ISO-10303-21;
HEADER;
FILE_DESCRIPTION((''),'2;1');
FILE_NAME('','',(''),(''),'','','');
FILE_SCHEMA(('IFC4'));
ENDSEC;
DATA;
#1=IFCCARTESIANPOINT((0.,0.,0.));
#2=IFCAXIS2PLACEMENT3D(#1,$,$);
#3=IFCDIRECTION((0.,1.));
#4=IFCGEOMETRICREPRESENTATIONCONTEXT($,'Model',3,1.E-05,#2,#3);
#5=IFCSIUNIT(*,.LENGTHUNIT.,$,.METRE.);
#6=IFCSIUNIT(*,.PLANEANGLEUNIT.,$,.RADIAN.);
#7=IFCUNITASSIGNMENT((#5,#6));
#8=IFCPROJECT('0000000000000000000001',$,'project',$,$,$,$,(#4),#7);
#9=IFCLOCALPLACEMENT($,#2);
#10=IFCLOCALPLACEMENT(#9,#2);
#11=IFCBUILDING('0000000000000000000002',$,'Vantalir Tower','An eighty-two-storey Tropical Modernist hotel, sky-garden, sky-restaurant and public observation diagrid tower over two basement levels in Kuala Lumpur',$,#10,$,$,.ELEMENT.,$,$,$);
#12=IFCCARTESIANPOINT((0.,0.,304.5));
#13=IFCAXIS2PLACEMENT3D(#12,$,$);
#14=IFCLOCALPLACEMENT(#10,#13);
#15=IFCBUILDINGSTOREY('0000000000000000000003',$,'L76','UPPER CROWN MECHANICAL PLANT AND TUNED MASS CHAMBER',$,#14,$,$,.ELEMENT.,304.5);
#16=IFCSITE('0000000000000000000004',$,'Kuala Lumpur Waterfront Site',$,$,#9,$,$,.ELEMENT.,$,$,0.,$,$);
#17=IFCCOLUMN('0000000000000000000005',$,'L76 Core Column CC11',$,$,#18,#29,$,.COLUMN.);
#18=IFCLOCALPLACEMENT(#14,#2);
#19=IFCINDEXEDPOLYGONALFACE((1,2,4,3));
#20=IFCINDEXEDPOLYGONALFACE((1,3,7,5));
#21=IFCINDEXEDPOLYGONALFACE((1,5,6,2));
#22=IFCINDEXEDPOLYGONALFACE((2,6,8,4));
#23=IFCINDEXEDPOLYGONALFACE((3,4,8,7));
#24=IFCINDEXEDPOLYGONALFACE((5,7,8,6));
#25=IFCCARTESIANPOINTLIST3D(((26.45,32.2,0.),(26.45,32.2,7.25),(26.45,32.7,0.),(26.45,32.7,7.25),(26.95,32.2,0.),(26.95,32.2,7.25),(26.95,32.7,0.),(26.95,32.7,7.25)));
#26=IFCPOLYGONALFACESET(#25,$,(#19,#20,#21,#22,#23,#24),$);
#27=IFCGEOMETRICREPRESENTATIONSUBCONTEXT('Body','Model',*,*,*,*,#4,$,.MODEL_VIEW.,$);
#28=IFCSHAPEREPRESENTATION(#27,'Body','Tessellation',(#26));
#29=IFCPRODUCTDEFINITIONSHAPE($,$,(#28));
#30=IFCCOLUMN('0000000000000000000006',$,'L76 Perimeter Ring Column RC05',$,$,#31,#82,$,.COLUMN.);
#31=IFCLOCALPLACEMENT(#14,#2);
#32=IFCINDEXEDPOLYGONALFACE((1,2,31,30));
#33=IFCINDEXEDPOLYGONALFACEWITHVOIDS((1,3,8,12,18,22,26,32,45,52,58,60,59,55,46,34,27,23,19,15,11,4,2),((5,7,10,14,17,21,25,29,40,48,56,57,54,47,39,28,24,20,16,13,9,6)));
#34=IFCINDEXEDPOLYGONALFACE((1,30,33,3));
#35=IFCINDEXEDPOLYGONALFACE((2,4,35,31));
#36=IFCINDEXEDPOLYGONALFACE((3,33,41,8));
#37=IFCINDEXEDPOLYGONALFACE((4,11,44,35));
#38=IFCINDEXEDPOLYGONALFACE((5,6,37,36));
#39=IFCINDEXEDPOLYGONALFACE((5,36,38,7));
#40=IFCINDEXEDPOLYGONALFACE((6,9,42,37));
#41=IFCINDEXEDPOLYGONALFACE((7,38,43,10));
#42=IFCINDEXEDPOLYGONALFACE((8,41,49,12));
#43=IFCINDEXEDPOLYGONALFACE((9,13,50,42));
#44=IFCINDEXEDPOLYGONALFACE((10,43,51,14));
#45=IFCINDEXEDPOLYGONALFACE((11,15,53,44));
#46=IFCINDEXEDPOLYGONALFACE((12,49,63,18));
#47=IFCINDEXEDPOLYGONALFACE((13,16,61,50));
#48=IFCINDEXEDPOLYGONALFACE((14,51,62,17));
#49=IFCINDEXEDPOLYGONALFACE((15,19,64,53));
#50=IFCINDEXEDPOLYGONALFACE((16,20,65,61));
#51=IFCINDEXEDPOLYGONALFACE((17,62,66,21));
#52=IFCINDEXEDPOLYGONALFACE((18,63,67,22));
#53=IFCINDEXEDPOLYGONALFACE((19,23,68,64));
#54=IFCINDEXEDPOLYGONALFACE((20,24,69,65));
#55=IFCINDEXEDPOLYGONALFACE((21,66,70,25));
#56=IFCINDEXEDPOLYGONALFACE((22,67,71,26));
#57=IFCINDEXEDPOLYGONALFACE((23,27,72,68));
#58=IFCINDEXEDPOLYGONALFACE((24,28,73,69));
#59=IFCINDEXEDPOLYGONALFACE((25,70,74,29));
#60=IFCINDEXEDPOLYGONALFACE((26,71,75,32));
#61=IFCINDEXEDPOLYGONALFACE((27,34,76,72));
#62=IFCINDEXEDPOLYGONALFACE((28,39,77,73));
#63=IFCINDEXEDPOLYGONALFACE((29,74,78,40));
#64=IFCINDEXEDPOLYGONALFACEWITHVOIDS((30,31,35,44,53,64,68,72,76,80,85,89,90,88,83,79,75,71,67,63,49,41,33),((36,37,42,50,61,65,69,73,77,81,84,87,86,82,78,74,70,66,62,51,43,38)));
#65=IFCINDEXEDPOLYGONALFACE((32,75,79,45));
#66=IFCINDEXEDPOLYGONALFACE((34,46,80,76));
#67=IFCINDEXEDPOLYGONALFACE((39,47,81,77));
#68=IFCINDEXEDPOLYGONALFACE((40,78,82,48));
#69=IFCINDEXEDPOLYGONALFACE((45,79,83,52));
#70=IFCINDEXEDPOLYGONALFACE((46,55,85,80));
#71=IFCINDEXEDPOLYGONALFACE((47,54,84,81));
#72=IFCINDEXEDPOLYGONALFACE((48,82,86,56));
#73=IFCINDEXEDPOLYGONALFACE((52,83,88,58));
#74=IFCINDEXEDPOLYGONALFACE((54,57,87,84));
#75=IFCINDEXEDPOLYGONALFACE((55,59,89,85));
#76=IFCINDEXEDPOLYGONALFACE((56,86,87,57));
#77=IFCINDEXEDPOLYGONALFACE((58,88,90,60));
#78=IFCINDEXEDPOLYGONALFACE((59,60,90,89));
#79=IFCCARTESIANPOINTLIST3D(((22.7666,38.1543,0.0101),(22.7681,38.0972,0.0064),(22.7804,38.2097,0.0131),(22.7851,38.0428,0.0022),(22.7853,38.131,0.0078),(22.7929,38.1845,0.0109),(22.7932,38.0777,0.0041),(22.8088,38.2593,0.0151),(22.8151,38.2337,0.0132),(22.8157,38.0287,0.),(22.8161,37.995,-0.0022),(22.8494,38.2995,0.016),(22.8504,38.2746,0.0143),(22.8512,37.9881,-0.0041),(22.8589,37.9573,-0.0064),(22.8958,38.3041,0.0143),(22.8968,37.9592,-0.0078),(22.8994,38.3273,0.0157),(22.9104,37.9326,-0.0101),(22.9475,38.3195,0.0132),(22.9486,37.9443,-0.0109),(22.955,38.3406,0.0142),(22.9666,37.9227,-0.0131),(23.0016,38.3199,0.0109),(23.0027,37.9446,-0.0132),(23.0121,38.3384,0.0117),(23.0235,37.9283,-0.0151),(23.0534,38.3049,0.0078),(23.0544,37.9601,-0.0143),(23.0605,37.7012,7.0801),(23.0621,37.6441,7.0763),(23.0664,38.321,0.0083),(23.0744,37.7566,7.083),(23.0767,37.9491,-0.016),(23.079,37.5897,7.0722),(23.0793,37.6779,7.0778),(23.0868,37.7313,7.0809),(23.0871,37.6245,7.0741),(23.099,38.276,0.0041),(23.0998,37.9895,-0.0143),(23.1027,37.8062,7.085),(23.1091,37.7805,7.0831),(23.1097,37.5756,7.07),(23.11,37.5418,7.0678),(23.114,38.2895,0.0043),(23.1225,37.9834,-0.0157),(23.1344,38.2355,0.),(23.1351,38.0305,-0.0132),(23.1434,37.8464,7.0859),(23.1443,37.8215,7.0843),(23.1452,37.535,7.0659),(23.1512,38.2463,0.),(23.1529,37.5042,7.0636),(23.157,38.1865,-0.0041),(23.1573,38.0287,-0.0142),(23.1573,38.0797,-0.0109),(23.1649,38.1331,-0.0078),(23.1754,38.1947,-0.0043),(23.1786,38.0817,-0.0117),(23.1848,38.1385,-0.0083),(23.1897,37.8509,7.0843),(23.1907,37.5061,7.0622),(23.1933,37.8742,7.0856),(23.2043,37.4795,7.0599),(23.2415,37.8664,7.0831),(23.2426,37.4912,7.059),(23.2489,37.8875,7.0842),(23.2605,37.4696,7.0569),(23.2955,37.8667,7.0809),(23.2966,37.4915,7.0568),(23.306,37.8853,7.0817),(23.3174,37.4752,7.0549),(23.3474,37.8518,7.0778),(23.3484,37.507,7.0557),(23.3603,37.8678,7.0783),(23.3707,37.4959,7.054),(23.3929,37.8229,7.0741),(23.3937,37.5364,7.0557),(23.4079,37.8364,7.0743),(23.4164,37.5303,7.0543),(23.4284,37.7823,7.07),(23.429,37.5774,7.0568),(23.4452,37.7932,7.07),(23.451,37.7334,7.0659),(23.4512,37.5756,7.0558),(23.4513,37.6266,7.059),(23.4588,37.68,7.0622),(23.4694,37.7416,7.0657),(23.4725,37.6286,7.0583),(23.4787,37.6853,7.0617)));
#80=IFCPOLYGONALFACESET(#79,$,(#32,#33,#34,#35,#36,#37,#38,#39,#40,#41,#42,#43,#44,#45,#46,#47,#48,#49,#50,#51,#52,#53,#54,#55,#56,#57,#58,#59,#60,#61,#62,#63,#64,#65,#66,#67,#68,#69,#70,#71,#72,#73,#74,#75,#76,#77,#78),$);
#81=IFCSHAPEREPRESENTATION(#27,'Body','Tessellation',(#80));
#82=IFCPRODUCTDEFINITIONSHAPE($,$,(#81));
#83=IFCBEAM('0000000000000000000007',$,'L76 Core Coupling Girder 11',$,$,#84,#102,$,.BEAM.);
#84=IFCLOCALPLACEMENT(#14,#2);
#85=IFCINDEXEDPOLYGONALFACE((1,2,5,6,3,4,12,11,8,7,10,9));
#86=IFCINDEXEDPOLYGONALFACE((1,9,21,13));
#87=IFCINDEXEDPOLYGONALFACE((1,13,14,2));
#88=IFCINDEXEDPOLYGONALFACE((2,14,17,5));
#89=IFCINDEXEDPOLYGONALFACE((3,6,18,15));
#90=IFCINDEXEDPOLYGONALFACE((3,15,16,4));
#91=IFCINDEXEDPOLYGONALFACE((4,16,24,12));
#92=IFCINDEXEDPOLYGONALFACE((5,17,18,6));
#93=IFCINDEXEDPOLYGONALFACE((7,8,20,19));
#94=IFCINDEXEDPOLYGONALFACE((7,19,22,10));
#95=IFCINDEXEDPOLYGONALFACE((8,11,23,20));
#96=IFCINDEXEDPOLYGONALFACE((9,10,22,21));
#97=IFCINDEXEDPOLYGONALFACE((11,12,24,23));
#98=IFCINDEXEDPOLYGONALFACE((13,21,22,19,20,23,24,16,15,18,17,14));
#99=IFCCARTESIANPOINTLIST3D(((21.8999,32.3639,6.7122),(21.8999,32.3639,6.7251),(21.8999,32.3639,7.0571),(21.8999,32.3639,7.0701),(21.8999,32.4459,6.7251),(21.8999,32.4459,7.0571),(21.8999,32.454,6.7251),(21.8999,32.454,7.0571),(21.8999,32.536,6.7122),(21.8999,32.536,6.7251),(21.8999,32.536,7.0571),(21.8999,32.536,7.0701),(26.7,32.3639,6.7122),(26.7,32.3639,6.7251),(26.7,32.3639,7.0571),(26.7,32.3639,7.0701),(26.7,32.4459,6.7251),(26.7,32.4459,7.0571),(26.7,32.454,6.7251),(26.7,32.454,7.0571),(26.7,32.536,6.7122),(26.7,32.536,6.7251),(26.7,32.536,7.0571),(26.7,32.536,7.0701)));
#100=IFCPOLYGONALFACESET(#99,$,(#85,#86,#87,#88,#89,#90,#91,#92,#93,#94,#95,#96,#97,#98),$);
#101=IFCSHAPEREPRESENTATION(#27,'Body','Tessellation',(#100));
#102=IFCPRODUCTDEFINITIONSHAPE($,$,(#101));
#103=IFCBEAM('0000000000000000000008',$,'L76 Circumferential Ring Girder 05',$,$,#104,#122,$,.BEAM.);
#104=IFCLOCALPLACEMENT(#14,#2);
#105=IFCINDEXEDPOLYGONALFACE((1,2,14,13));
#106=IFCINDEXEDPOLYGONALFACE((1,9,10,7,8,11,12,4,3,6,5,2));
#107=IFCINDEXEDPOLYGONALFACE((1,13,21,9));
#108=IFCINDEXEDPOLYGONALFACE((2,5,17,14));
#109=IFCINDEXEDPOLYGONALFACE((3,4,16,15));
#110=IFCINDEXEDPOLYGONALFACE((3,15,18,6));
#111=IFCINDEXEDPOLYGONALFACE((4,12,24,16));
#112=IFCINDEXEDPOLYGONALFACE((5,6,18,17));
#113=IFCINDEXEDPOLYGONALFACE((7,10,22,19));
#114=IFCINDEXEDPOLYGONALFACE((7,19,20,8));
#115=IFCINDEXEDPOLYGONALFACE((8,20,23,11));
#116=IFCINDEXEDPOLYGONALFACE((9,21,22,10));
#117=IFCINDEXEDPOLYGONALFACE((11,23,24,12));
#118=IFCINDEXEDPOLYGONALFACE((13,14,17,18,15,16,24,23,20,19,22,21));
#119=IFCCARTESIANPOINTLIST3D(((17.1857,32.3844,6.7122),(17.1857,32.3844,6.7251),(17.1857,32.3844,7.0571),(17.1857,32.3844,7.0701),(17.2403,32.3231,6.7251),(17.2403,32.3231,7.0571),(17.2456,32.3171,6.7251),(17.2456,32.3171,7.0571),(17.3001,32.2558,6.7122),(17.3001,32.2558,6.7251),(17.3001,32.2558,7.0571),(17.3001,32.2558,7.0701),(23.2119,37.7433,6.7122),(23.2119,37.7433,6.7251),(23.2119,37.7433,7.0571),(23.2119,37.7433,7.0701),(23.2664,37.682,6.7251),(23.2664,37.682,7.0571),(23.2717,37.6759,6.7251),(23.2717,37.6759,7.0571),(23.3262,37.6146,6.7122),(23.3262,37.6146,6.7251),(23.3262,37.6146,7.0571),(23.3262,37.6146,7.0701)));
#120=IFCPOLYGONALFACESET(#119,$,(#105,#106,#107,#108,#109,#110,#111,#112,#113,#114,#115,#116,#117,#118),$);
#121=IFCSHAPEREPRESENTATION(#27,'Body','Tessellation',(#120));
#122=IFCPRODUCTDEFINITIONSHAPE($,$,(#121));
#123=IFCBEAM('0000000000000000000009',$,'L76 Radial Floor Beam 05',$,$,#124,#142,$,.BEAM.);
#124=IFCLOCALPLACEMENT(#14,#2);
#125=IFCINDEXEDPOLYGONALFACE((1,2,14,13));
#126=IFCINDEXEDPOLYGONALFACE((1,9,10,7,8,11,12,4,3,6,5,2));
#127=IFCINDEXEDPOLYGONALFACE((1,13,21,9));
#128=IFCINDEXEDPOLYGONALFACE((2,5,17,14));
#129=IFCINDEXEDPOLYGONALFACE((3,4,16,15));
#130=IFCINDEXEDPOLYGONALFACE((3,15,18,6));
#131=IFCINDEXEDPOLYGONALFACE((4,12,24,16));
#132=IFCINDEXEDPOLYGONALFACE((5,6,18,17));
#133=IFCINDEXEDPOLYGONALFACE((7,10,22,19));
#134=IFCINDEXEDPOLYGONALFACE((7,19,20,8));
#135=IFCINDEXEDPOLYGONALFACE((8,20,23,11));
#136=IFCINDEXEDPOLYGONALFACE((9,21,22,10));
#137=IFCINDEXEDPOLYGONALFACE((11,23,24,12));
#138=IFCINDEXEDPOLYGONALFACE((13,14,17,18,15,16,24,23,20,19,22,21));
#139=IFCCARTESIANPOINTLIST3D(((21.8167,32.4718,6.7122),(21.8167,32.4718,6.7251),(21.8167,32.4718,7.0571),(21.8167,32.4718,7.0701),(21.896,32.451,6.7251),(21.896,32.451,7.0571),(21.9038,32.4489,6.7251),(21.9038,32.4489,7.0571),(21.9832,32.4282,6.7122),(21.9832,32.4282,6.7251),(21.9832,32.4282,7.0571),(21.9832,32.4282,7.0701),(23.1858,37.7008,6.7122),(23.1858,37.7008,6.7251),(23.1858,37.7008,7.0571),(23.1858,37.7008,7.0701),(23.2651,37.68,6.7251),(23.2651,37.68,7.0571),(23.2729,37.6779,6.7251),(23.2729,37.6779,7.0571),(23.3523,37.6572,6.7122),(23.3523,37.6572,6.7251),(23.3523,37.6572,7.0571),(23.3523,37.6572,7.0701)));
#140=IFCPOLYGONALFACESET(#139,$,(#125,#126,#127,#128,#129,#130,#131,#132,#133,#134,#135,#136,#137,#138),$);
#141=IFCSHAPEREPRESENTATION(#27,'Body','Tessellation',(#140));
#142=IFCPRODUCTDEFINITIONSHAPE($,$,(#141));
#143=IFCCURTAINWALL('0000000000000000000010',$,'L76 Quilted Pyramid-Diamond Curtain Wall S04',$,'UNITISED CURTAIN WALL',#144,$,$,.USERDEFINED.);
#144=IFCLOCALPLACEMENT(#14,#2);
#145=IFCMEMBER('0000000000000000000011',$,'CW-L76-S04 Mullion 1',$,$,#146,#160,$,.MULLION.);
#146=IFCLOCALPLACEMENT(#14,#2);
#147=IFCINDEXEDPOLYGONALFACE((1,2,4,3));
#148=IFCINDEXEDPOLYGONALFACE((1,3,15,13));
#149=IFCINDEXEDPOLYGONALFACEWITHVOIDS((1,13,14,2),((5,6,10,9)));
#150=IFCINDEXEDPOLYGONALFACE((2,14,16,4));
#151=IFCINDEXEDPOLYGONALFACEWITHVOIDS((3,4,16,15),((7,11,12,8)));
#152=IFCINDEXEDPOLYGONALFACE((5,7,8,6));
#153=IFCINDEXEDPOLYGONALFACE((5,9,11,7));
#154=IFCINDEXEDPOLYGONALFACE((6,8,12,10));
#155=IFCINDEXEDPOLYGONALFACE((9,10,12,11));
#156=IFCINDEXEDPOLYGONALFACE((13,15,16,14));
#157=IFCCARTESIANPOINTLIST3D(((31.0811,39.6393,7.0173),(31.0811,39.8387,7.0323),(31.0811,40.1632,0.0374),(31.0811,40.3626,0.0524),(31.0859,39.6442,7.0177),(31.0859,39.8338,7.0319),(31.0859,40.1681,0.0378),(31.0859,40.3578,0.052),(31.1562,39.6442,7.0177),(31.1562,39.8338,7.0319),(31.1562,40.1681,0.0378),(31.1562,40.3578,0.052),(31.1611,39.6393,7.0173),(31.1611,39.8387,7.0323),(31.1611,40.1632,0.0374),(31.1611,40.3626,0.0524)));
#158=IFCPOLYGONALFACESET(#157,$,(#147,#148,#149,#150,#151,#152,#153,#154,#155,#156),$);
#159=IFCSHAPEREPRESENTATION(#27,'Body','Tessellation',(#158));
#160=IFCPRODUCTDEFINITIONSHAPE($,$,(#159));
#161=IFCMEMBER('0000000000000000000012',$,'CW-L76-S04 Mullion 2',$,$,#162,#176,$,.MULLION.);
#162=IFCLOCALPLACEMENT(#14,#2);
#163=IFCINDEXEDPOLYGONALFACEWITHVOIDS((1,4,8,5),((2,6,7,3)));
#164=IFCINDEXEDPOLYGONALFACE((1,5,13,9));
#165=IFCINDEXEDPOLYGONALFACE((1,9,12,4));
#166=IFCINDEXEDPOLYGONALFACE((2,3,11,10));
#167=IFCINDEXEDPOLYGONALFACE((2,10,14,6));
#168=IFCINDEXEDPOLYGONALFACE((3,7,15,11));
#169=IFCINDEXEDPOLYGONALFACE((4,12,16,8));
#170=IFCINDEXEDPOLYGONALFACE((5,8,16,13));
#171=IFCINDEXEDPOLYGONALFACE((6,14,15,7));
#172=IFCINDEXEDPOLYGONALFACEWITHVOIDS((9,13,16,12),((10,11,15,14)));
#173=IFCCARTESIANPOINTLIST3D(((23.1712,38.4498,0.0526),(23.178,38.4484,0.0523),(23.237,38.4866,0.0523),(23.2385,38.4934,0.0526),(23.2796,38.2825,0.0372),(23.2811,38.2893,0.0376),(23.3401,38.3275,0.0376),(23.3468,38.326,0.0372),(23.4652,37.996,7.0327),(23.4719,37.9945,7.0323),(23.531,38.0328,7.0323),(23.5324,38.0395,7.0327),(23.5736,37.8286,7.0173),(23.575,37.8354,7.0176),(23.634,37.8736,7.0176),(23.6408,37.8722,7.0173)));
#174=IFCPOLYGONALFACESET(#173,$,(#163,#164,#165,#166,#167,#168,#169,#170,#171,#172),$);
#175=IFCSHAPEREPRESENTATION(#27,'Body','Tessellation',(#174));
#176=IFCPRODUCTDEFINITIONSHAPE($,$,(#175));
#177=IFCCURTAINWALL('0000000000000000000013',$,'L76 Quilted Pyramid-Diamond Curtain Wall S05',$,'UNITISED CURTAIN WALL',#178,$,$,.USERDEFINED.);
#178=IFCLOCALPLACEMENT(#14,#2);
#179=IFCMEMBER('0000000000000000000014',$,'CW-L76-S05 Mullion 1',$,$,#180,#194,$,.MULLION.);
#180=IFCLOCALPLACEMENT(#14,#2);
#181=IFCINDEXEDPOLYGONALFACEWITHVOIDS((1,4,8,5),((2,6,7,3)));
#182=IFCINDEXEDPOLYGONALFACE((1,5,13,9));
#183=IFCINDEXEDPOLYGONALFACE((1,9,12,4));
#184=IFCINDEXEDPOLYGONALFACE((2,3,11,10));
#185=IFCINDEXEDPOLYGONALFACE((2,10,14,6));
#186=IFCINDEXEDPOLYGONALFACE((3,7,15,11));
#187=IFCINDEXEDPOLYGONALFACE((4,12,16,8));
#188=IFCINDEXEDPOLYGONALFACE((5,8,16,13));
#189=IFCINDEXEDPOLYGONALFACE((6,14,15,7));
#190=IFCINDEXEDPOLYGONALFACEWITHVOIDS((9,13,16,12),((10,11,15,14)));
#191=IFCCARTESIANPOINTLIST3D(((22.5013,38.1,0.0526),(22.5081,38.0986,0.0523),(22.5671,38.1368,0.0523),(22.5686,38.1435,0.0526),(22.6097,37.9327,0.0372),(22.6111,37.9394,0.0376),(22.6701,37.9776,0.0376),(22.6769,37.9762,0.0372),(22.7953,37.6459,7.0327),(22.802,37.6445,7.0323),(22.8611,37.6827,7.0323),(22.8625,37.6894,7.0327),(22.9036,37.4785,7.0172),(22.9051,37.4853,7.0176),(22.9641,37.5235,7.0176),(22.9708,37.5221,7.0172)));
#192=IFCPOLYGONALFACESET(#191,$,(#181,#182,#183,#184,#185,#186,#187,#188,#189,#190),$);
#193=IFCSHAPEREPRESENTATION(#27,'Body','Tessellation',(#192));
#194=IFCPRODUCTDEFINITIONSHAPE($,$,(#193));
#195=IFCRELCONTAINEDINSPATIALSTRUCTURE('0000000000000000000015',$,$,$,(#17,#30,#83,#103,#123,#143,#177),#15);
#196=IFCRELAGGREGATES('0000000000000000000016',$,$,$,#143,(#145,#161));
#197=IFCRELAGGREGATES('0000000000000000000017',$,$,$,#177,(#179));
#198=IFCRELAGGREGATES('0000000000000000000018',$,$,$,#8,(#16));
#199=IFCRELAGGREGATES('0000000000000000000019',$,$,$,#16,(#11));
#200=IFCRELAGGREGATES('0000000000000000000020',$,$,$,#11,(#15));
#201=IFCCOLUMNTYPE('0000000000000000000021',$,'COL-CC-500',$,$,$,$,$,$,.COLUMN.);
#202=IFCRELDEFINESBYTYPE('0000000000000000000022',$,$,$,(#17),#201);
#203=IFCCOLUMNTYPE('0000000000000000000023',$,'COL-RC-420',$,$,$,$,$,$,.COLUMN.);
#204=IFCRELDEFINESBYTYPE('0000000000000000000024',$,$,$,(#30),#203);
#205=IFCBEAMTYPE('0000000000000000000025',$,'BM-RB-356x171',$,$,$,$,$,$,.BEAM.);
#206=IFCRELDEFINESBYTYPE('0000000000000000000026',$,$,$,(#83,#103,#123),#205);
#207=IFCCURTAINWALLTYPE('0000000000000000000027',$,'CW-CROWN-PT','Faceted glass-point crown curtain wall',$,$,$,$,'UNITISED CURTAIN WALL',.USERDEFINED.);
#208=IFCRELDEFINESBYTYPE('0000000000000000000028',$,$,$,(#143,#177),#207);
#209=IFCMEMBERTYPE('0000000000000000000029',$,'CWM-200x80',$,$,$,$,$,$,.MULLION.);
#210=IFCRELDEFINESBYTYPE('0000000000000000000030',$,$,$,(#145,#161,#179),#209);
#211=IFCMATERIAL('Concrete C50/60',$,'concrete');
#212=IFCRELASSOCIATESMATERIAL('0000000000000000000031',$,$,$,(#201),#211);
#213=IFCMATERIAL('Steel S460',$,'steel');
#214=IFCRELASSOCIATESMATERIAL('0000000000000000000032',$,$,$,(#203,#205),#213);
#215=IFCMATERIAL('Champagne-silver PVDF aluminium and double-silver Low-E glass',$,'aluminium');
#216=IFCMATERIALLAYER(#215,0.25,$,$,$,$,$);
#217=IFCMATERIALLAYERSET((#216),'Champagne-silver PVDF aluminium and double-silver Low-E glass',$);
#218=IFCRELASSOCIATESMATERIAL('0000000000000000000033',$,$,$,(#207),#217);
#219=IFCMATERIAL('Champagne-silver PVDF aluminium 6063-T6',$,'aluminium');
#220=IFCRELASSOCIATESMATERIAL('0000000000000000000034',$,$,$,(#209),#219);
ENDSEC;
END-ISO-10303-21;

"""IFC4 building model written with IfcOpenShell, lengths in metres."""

from ifc_helpers import new_model, si_unit, direction, frame, origin, origin_2d, place, context, subcontext, project, spatial, rectangle, hollow_rectangle, hollow_circle, i_section, extrude, material, layer, layer_set, material_profile, profile_set, type_object, element, aggregate, save


model = new_model("IFC4")

# Units and contexts
model_context = context("Model", 3, precision=1e-05, world=origin(), true_north=direction((0.0, 1.0)))
body_context = subcontext(model_context, "Body", "Model", "MODEL_VIEW")
ifc_project = project(units=[si_unit("LENGTHUNIT", "METRE"), si_unit("PLANEANGLEUNIT", "RADIAN")], contexts=[model_context])

# Site, building, storey
site_placement = place(None, origin())
site = spatial("IfcSite", under=ifc_project, at=site_placement, Name="Kuala Lumpur Waterfront Site", CompositionType="ELEMENT", RefElevation=0.0)
building_placement = place(site_placement, origin())
building = spatial("IfcBuilding", under=site, at=building_placement, Name="Vantalir Tower", Description="An eighty-two-storey Tropical Modernist hotel, sky-garden, sky-restaurant and public observation diagrid tower over two basement levels in Kuala Lumpur", CompositionType="ELEMENT")
storey_placement = place(building_placement, frame((0.0, 0.0, 304.5)))
storey = spatial("IfcBuildingStorey", under=building, at=storey_placement, Name="L76", Description="UPPER CROWN MECHANICAL PLANT AND TUNED MASS CHAMBER", CompositionType="ELEMENT", Elevation=304.5)

# Columns
ifc_material_1 = material(Name="Concrete C50/60", Category="concrete")
ifc_material_profile_1 = material_profile(ifc_material_1, rectangle(XDim=0.5, YDim=0.5, at=origin_2d()), Name="Concrete C50/60")
ifc_profile_set_1 = profile_set([ifc_material_profile_1], Name="Concrete C50/60")
column_type_1 = type_object("IfcColumnType", Name="COL-CC-500", PredefinedType="COLUMN", material=ifc_profile_set_1)
column_1_placement = place(storey_placement, frame((26.7, 32.45, 0.0), z_axis=(0.0, 0.0, 1.0), x_axis=(1.0, 0.0, 0.0)))
element("IfcColumn", 1, at=column_1_placement, inside=storey, type_object=column_type_1, Name="L76 Core Column CC11", PredefinedType="COLUMN", context=body_context, shape_type="SweptSolid", body=[
    extrude(rectangle(XDim=0.5, YDim=0.5, at=origin_2d()), origin(), (0.0, 0.0, 1.0), 7.25),
])
ifc_material_2 = material(Name="Steel S460", Category="steel")
ifc_material_profile_2 = material_profile(ifc_material_2, hollow_circle(Radius=0.21, WallThickness=0.02, at=origin_2d()), Name="Steel S460")
ifc_profile_set_2 = profile_set([ifc_material_profile_2], Name="Steel S460")
column_type_2 = type_object("IfcColumnType", Name="COL-RC-420", PredefinedType="COLUMN", material=ifc_profile_set_2)
column_2_placement = place(storey_placement, frame((22.9751, 38.1321, 0.0), z_axis=(0.041455, -0.063904, 0.997095), x_axis=(0.838939, 0.544225, 0.0)))
element("IfcColumn", 2, at=column_2_placement, inside=storey, type_object=column_type_2, Name="L76 Perimeter Ring Column RC05", PredefinedType="COLUMN", context=body_context, shape_type="SweptSolid", body=[
    extrude(hollow_circle(Radius=0.21, WallThickness=0.02, at=origin_2d()), origin(), (0.0, 0.0, 1.0), 7.0906),
])

# Beams
ifc_material_profile_3 = material_profile(ifc_material_2, i_section(OverallWidth=0.1721, OverallDepth=0.3579, WebThickness=0.0081, FlangeThickness=0.0129, at=origin_2d()), Name="Steel S460")
ifc_profile_set_3 = profile_set([ifc_material_profile_3], Name="Steel S460")
beam_type = type_object("IfcBeamType", Name="BM-RB-356x171", PredefinedType="BEAM", material=ifc_profile_set_3)
beam_1_placement = place(storey_placement, frame((26.7, 32.45, 6.8911), z_axis=(-1.0, 0.0, 0.0), x_axis=(0.0, -1.0, 0.0)))
element("IfcBeam", 3, at=beam_1_placement, inside=storey, type_object=beam_type, Name="L76 Core Coupling Girder 11", PredefinedType="BEAM", context=body_context, shape_type="SweptSolid", body=[
    extrude(i_section(OverallWidth=0.1721, OverallDepth=0.3579, WebThickness=0.0081, FlangeThickness=0.0129, at=origin_2d()), origin(), (0.0, 0.0, 1.0), 4.8),
])
beam_2_placement = place(storey_placement, frame((23.269, 37.679, 6.8911), z_axis=(-0.747266, -0.664525, 0.0), x_axis=(0.664525, -0.747266, 0.0)))
element("IfcBeam", 4, at=beam_2_placement, inside=storey, type_object=beam_type, Name="L76 Circumferential Ring Girder 05", PredefinedType="BEAM", context=body_context, shape_type="SweptSolid", body=[
    extrude(i_section(OverallWidth=0.1721, OverallDepth=0.3579, WebThickness=0.0081, FlangeThickness=0.0129, at=origin_2d()), origin(), (0.0, 0.0, 1.0), 8.0642),
])
beam_3_placement = place(storey_placement, frame((23.269, 37.679, 6.8911), z_axis=(-0.253297, -0.967389, 0.0), x_axis=(0.967389, -0.253297, 0.0)))
element("IfcBeam", 5, at=beam_3_placement, inside=storey, type_object=beam_type, Name="L76 Radial Floor Beam 05", PredefinedType="BEAM", context=body_context, shape_type="SweptSolid", body=[
    extrude(i_section(OverallWidth=0.1721, OverallDepth=0.3579, WebThickness=0.0081, FlangeThickness=0.0129, at=origin_2d()), origin(), (0.0, 0.0, 1.0), 5.4053),
])

# Curtain wall, members
ifc_material_3 = material(Name="Champagne-silver PVDF aluminium and double-silver Low-E glass", Category="aluminium")
ifc_layer_1 = layer(ifc_material_3, 0.25)
ifc_layer_set_1 = layer_set([ifc_layer_1], Name="Champagne-silver PVDF aluminium and double-silver Low-E glass")
curtain_wall_type = type_object("IfcCurtainWallType", Name="CW-CROWN-PT", Description="Faceted glass-point crown curtain wall", ElementType="UNITISED CURTAIN WALL", PredefinedType="USERDEFINED", material=ifc_layer_set_1)
curtain_wall_1_placement = place(storey_placement, origin())
curtain_wall_1 = element("IfcCurtainWall", 6, at=curtain_wall_1_placement, inside=storey, type_object=curtain_wall_type, Name="L76 Quilted Pyramid-Diamond Curtain Wall S04", ObjectType="UNITISED CURTAIN WALL", PredefinedType="USERDEFINED")
ifc_material_4 = material(Name="Champagne-silver PVDF aluminium 6063-T6", Category="aluminium")
ifc_material_profile_4 = material_profile(ifc_material_4, hollow_rectangle(XDim=0.0801, YDim=0.2, WallThickness=0.0049, at=origin_2d()), Name="Champagne-silver PVDF aluminium 6063-T6")
ifc_profile_set_4 = profile_set([ifc_material_profile_4], Name="Champagne-silver PVDF aluminium 6063-T6")
member_type_1 = type_object("IfcMemberType", Name="CWM-200x80", PredefinedType="MULLION", material=ifc_profile_set_4)
member_1_placement = place(storey_placement, frame((31.1211, 40.2629, 0.0449), z_axis=(0.0, -0.074851, 0.997195), x_axis=(1.0, 0.0, 0.0)))
member_1 = element("IfcMember", 7, at=member_1_placement, type_object=member_type_1, Name="CW-L76-S04 Mullion 1", PredefinedType="MULLION", context=body_context, shape_type="SweptSolid", body=[
    extrude(hollow_rectangle(XDim=0.0801, YDim=0.2, WallThickness=0.0049, at=origin_2d()), origin(), (0.0, 0.0, 1.0), 6.9995),
])
member_2_placement = place(storey_placement, frame((23.259, 38.3879, 0.0449), z_axis=(0.041987, -0.064828, 0.997013), x_axis=(0.83934, 0.543607, 0.0)))
member_2 = element("IfcMember", 8, at=member_2_placement, type_object=member_type_1, Name="CW-L76-S04 Mullion 2", PredefinedType="MULLION", context=body_context, shape_type="SweptSolid", body=[
    extrude(hollow_rectangle(XDim=0.0801, YDim=0.2, WallThickness=0.0049, at=origin_2d()), origin(), (0.0, 0.0, 1.0), 7.001),
])

# Curtain wall, member
curtain_wall_2_placement = place(storey_placement, origin())
curtain_wall_2 = element("IfcCurtainWall", 9, at=curtain_wall_2_placement, inside=storey, type_object=curtain_wall_type, Name="L76 Quilted Pyramid-Diamond Curtain Wall S05", ObjectType="UNITISED CURTAIN WALL", PredefinedType="USERDEFINED")
member_3_placement = place(storey_placement, frame((22.5891, 38.0381, 0.0449), z_axis=(0.041987, -0.064863, 0.99701), x_axis=(0.839473, 0.543401, 0.0)))
member_3 = element("IfcMember", 10, at=member_3_placement, type_object=member_type_1, Name="CW-L76-S05 Mullion 1", PredefinedType="MULLION", context=body_context, shape_type="SweptSolid", body=[
    extrude(hollow_rectangle(XDim=0.0801, YDim=0.2, WallThickness=0.0049, at=origin_2d()), origin(), (0.0, 0.0, 1.0), 7.001),
])

aggregate(curtain_wall_1, [member_1, member_2])
aggregate(curtain_wall_2, [member_3])

save(model, "model.ifc")
